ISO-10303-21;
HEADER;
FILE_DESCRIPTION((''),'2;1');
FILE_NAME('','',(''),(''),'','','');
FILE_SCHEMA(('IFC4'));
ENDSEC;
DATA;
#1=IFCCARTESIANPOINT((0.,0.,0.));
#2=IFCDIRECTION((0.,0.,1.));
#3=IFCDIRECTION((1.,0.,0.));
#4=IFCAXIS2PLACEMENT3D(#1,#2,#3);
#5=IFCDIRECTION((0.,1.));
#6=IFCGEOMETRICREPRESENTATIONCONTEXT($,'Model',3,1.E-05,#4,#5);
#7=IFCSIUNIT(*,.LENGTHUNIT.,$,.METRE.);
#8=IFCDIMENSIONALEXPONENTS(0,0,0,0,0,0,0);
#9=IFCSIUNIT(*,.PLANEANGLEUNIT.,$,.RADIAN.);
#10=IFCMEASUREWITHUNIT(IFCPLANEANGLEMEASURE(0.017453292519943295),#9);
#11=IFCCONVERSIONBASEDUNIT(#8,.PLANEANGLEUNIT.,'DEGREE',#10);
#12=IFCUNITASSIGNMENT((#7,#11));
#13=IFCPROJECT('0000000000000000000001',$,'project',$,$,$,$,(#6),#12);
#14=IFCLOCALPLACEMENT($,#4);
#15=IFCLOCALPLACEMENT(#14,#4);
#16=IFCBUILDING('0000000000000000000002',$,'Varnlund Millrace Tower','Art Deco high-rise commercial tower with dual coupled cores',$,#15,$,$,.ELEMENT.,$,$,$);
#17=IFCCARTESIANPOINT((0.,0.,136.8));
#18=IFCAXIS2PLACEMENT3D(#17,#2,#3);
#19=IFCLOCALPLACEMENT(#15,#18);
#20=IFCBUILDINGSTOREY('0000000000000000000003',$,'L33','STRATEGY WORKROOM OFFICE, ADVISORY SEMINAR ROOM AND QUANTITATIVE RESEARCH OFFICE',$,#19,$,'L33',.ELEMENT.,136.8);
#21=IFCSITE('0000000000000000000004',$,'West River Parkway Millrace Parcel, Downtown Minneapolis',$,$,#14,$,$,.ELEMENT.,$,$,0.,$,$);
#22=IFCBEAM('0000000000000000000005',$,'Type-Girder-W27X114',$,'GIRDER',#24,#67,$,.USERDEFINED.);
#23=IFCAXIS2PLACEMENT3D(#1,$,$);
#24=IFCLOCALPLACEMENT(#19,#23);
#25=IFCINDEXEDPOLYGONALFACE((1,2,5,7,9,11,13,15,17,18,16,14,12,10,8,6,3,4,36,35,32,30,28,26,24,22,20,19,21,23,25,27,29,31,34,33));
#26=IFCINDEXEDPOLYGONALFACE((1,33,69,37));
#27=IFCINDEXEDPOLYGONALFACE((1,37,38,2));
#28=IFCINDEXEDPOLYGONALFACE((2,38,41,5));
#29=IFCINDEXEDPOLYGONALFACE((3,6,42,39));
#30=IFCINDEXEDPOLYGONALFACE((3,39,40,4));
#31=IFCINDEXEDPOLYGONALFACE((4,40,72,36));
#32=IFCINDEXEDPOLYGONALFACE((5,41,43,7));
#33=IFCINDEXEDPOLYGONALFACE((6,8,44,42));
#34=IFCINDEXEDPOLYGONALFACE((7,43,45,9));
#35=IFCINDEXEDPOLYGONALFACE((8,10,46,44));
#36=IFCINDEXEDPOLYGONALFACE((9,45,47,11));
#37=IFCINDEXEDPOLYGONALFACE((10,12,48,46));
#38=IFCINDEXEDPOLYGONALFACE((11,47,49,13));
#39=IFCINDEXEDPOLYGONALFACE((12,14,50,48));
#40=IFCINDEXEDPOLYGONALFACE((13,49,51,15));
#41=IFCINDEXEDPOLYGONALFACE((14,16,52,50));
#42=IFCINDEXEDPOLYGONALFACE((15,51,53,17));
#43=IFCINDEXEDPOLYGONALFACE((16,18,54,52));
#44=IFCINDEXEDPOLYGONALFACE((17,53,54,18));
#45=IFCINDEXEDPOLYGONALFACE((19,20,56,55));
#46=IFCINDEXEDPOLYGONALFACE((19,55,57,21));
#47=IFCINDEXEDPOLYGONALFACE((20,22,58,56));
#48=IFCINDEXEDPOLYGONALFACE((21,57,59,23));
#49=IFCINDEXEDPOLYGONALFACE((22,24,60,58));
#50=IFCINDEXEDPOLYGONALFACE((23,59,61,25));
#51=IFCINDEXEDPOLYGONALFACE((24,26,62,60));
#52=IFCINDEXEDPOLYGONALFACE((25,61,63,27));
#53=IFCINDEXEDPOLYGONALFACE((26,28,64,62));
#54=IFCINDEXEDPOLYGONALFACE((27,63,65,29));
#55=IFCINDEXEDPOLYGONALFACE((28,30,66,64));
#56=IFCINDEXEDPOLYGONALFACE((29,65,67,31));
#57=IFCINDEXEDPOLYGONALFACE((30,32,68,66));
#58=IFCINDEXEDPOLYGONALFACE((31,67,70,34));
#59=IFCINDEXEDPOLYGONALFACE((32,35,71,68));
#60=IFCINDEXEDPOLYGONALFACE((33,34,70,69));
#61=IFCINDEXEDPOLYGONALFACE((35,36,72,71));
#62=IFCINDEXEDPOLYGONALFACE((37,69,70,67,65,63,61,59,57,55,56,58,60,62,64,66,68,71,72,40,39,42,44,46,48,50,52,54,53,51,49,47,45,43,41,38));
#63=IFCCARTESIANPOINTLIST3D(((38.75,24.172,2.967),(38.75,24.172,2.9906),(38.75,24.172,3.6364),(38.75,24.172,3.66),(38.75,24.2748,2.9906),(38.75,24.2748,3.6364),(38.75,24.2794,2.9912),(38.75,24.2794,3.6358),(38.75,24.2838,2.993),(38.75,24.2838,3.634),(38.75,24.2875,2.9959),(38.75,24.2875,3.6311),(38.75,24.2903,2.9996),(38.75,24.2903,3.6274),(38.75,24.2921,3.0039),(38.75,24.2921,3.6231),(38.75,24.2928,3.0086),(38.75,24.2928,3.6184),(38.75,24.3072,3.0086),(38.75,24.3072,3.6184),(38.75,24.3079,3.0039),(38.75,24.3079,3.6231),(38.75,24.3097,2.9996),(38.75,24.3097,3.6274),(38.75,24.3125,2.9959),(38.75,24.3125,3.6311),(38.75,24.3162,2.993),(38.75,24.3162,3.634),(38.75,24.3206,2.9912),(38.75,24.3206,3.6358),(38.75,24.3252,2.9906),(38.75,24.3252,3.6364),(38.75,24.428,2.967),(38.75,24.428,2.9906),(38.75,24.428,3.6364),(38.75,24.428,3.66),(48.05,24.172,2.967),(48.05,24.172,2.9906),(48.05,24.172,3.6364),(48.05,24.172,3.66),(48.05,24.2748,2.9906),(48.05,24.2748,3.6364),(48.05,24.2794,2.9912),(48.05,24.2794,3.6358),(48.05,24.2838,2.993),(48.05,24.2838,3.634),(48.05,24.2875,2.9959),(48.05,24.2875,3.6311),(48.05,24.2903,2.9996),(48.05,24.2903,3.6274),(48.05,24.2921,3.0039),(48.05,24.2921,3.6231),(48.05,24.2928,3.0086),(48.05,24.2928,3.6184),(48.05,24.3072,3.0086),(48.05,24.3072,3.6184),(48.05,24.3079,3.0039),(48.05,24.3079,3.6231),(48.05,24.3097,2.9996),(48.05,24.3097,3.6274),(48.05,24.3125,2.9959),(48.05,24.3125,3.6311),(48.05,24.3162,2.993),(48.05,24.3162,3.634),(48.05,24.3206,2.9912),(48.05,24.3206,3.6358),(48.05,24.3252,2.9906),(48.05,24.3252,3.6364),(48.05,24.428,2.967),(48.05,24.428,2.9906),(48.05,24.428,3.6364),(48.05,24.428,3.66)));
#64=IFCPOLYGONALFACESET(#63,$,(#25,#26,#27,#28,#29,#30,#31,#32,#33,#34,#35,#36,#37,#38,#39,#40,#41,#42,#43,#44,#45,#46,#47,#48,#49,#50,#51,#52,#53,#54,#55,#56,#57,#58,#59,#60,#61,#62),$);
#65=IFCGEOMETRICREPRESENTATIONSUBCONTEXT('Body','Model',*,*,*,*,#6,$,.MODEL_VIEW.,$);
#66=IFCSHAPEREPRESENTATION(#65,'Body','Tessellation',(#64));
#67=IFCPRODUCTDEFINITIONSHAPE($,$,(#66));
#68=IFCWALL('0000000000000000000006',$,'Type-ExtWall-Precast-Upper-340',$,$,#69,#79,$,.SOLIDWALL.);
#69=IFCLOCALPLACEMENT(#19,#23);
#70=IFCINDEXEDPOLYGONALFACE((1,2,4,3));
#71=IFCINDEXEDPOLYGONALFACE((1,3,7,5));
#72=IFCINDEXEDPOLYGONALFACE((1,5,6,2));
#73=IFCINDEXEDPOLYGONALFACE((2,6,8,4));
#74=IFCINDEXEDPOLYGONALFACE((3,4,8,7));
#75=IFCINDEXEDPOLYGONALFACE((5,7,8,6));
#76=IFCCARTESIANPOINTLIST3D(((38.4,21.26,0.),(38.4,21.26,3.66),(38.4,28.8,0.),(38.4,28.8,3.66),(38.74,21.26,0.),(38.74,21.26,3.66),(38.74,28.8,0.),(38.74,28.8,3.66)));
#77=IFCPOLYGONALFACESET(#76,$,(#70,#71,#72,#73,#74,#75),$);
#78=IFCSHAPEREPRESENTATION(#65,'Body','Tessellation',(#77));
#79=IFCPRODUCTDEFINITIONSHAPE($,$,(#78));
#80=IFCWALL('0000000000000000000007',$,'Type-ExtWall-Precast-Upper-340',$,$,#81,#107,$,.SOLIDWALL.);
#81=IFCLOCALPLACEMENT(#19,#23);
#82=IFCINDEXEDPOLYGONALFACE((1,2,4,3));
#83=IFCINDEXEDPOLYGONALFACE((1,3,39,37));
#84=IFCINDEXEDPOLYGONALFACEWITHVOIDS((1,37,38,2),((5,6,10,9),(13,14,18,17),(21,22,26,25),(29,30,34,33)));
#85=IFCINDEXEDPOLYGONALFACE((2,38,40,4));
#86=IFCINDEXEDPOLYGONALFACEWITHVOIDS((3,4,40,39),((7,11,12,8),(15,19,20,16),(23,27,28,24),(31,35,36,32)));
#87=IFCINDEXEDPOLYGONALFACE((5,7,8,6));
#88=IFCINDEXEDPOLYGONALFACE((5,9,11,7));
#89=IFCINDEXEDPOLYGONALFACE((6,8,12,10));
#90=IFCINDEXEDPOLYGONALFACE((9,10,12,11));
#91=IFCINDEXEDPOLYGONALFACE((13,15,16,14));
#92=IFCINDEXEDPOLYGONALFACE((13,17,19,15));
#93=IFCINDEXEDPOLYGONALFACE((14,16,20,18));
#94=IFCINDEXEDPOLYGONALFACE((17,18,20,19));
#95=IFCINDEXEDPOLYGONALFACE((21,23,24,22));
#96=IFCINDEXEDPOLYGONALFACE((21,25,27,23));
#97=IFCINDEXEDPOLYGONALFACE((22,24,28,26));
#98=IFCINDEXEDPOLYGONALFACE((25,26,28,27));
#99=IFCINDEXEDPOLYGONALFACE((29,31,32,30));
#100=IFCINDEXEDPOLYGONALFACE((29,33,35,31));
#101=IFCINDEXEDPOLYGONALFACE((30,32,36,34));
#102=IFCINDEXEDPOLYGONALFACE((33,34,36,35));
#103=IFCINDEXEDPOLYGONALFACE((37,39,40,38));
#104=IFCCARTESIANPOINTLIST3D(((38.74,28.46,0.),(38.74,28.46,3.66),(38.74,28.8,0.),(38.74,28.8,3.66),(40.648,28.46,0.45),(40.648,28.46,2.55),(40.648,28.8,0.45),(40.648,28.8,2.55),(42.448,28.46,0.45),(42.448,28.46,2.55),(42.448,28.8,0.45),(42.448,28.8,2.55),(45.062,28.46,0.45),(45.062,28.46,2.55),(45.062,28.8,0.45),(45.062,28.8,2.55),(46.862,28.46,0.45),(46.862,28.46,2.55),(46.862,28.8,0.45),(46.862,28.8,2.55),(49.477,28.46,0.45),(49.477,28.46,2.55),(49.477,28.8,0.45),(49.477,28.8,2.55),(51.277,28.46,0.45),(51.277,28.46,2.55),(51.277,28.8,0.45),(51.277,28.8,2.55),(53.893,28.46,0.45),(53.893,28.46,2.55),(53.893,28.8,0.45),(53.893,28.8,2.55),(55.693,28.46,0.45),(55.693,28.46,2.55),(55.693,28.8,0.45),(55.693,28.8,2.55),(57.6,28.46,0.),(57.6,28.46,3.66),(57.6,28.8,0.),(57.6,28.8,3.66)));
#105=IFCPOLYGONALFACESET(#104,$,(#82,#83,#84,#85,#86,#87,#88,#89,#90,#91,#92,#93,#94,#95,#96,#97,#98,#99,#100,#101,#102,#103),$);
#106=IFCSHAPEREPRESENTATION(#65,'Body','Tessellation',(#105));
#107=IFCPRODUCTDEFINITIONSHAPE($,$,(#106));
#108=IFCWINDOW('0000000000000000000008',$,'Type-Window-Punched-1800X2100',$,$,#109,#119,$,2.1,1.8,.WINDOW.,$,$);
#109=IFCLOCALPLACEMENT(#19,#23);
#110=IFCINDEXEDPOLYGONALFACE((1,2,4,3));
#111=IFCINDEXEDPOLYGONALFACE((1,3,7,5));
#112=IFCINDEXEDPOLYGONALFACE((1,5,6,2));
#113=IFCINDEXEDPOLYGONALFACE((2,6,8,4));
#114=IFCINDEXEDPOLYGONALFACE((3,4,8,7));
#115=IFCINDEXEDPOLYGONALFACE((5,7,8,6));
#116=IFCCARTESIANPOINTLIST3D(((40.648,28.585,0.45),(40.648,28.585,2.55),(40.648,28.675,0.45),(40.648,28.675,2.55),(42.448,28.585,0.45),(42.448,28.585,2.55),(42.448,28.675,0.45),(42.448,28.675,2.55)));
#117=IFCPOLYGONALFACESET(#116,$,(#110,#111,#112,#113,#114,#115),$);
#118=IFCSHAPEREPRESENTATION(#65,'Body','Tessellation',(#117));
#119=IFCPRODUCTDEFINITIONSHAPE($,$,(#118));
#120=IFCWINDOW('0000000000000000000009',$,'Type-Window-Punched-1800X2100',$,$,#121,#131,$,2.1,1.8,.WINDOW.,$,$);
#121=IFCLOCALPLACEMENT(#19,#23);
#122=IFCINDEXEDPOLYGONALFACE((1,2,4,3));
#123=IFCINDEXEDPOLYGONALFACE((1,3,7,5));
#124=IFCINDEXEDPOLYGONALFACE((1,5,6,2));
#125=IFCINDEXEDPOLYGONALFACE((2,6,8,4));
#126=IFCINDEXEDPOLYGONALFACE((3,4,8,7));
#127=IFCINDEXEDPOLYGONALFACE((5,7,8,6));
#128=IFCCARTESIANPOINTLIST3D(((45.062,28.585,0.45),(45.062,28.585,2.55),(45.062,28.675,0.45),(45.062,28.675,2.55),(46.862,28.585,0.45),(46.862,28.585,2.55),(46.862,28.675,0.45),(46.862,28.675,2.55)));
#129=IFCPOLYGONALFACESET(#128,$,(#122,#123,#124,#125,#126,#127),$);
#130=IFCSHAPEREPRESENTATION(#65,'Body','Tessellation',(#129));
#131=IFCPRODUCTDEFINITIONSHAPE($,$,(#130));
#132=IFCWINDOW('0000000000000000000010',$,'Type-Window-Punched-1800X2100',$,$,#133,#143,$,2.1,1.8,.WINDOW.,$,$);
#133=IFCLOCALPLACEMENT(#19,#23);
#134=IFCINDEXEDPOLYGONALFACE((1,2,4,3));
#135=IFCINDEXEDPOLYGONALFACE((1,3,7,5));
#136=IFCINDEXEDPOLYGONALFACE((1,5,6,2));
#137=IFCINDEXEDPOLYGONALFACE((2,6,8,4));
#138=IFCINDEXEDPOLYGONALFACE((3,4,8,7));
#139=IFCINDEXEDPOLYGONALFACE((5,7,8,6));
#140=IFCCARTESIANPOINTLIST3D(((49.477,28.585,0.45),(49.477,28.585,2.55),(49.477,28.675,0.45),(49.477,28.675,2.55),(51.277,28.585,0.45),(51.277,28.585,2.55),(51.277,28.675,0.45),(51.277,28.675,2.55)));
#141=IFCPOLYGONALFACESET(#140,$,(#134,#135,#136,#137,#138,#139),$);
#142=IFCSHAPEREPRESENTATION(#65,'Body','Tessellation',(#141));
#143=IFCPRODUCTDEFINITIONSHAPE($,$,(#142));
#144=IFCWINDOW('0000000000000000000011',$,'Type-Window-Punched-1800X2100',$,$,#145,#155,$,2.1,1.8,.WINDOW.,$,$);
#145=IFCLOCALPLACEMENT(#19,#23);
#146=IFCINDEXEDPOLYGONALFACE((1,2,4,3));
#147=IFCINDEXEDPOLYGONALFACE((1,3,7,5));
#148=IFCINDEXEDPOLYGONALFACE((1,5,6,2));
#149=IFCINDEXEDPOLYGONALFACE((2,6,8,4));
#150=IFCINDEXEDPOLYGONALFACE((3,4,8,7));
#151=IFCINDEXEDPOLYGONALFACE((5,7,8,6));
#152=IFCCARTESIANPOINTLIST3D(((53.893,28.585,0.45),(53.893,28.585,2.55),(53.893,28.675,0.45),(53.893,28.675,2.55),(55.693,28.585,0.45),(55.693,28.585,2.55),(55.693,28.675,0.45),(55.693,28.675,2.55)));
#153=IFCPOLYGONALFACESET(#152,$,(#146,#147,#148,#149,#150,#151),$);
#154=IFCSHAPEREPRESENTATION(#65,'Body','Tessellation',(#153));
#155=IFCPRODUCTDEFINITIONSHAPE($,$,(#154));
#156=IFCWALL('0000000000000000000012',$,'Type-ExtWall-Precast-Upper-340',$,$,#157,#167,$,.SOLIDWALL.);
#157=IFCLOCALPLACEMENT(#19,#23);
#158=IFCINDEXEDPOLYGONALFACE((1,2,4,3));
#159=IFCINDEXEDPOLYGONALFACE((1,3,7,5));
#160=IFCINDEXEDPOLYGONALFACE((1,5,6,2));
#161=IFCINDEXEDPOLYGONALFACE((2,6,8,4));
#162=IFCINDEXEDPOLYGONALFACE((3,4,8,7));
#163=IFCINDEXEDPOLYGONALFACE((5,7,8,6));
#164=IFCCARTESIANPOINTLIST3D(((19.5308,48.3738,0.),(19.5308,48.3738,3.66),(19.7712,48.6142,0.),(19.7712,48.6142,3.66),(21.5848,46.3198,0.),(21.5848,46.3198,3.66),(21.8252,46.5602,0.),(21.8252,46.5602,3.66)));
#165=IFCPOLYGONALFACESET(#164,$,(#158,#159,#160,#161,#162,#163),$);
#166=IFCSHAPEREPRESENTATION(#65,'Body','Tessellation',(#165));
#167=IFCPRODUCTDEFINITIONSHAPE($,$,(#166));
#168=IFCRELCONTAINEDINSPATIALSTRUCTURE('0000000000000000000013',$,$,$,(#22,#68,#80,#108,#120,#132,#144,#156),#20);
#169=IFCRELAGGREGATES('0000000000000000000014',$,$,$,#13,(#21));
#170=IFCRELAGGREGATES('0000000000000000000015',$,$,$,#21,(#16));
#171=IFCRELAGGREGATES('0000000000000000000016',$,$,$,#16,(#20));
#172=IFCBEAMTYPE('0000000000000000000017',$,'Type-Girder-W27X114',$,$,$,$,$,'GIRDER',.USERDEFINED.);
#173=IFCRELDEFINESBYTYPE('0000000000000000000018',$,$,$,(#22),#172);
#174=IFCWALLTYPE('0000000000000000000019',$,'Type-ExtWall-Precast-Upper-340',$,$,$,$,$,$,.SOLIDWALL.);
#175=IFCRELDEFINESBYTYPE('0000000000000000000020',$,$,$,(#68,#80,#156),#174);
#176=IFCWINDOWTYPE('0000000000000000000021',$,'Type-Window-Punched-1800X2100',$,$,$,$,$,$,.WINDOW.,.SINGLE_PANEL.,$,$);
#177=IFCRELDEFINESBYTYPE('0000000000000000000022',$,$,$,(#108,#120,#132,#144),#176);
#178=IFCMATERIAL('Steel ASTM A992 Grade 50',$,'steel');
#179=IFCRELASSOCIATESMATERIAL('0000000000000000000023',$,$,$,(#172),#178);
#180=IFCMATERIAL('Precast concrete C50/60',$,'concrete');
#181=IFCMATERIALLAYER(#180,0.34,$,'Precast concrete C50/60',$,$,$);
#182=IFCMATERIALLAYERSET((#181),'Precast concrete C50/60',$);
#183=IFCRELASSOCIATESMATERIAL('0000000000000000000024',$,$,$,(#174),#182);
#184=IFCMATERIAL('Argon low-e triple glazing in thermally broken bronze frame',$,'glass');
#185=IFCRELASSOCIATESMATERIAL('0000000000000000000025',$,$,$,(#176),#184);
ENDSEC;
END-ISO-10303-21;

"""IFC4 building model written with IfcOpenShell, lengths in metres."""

from ifc_helpers import new_model, entity, si_unit, converted_unit, direction, frame, origin_with_axes, origin_2d_with_axis, place, context, subcontext, project, spatial, polyline, rectangle, i_section, outline, extrude, material, layer, layer_set, material_profile, profile_set, type_object, element, fill, save


model = new_model("IFC4")

# Units and contexts
model_context = context("Model", 3, precision=1e-05, world=origin_with_axes(), true_north=direction((0.0, 1.0)))
body_context = subcontext(model_context, "Body", "Model", "MODEL_VIEW")
ifc_project = project(units=[si_unit("LENGTHUNIT", "METRE"), converted_unit("PLANEANGLEUNIT", "DEGREE", entity("IfcPlaneAngleMeasure", 0.017453292519943295), si_unit("PLANEANGLEUNIT", "RADIAN"), dimensions=[0, 0, 0, 0, 0, 0, 0])], contexts=[model_context])

# Site, building, storey
site_placement = place(None, origin_with_axes())
site = spatial("IfcSite", under=ifc_project, at=site_placement, Name="West River Parkway Millrace Parcel, Downtown Minneapolis", CompositionType="ELEMENT", RefElevation=0.0)
building_placement = place(site_placement, origin_with_axes())
building = spatial("IfcBuilding", under=site, at=building_placement, Name="Varnlund Millrace Tower", Description="Art Deco high-rise commercial tower with dual coupled cores", CompositionType="ELEMENT")
storey_placement = place(building_placement, frame((0.0, 0.0, 136.8), z_axis=(0.0, 0.0, 1.0), x_axis=(1.0, 0.0, 0.0)))
storey = spatial("IfcBuildingStorey", under=building, at=storey_placement, Name="L33", Description="STRATEGY WORKROOM OFFICE, ADVISORY SEMINAR ROOM AND QUANTITATIVE RESEARCH OFFICE", LongName="L33", CompositionType="ELEMENT", Elevation=136.8)

# Beam
ifc_material_1 = material(Name="Steel ASTM A992 Grade 50", Category="steel")
ifc_material_profile_1 = material_profile(ifc_material_1, i_section(OverallWidth=0.256, OverallDepth=0.693, WebThickness=0.0145, FlangeThickness=0.0236, FilletRadius=0.018, at=origin_2d_with_axis()), Name="Steel ASTM A992 Grade 50")
ifc_profile_set_1 = profile_set([ifc_material_profile_1], Name="Steel ASTM A992 Grade 50")
beam_type_1 = type_object("IfcBeamType", Name="Type-Girder-W27X114", ElementType="GIRDER", PredefinedType="USERDEFINED", material=ifc_profile_set_1)
beam_1_placement = place(storey_placement, frame((38.75, 24.3, 3.3135), z_axis=(1.0, 0.0, 0.0), x_axis=(0.0, 1.0, 0.0)))
element("IfcBeam", 1, at=beam_1_placement, inside=storey, type_object=beam_type_1, Name="Type-Girder-W27X114", ObjectType="GIRDER", PredefinedType="USERDEFINED", context=body_context, shape_type="SweptSolid", body=[
    extrude(i_section(OverallWidth=0.256, OverallDepth=0.693, WebThickness=0.0145, FlangeThickness=0.0236, FilletRadius=0.018, at=origin_2d_with_axis()), origin_with_axes(), (0.0, 0.0, 1.0), 9.3),
])

# Wall
ifc_material_2 = material(Name="Precast concrete C50/60", Category="concrete")
ifc_layer_1 = layer(ifc_material_2, 0.34, Name="Precast concrete C50/60")
ifc_layer_set_1 = layer_set([ifc_layer_1], Name="Precast concrete C50/60")
wall_type_1 = type_object("IfcWallType", Name="Type-ExtWall-Precast-Upper-340", PredefinedType="SOLIDWALL", material=ifc_layer_set_1)
wall_1_placement = place(storey_placement, frame((38.57, 21.26, 0.0), z_axis=(0.0, 0.0, 1.0), x_axis=(0.0, 1.0, 0.0)))
element("IfcWall", 2, at=wall_1_placement, inside=storey, type_object=wall_type_1, Name="Type-ExtWall-Precast-Upper-340", PredefinedType="SOLIDWALL", context=body_context, shape_type="SweptSolid", body=[
    extrude(outline(polyline([(0.0, -0.17), (7.54, -0.17), (7.54, 0.17), (0.0, 0.17), (0.0, -0.17)])), origin_with_axes(), (0.0, 0.0, 1.0), 3.66),
])

# Wall, openings, windows
wall_2_placement = place(storey_placement, frame((38.74, 28.63, 0.0), z_axis=(0.0, 0.0, 1.0), x_axis=(1.0, 0.0, 0.0)))
wall_2 = element("IfcWall", 3, at=wall_2_placement, inside=storey, type_object=wall_type_1, Name="Type-ExtWall-Precast-Upper-340", PredefinedType="SOLIDWALL", context=body_context, shape_type="SweptSolid", body=[
    extrude(outline(polyline([(0.0, -0.17), (18.86, -0.17), (18.86, 0.17), (0.0, 0.17), (0.0, -0.17)])), origin_with_axes(), (0.0, 0.0, 1.0), 3.66),
])
opening_1_placement = place(wall_2_placement, frame((2.808, 0.0, 0.45), z_axis=(0.0, 0.0, 1.0), x_axis=(1.0, 0.0, 0.0)))
opening_1 = element("IfcOpeningElement", 4, at=opening_1_placement, cuts=wall_2, PredefinedType="OPENING", context=body_context, shape_type="SweptSolid", body=[
    extrude(rectangle(XDim=1.8, YDim=0.36, at=origin_2d_with_axis()), origin_with_axes(), (0.0, 0.0, 1.0), 2.1),
])
opening_2_placement = place(wall_2_placement, frame((7.222, 0.0, 0.45), z_axis=(0.0, 0.0, 1.0), x_axis=(1.0, 0.0, 0.0)))
opening_2 = element("IfcOpeningElement", 5, at=opening_2_placement, cuts=wall_2, PredefinedType="OPENING", context=body_context, shape_type="SweptSolid", body=[
    extrude(rectangle(XDim=1.8, YDim=0.36, at=origin_2d_with_axis()), origin_with_axes(), (0.0, 0.0, 1.0), 2.1),
])
opening_3_placement = place(wall_2_placement, frame((11.637, 0.0, 0.45), z_axis=(0.0, 0.0, 1.0), x_axis=(1.0, 0.0, 0.0)))
opening_3 = element("IfcOpeningElement", 6, at=opening_3_placement, cuts=wall_2, PredefinedType="OPENING", context=body_context, shape_type="SweptSolid", body=[
    extrude(rectangle(XDim=1.8, YDim=0.36, at=origin_2d_with_axis()), origin_with_axes(), (0.0, 0.0, 1.0), 2.1),
])
opening_4_placement = place(wall_2_placement, frame((16.053, 0.0, 0.45), z_axis=(0.0, 0.0, 1.0), x_axis=(1.0, 0.0, 0.0)))
opening_4 = element("IfcOpeningElement", 7, at=opening_4_placement, cuts=wall_2, PredefinedType="OPENING", context=body_context, shape_type="SweptSolid", body=[
    extrude(rectangle(XDim=1.8, YDim=0.36, at=origin_2d_with_axis()), origin_with_axes(), (0.0, 0.0, 1.0), 2.1),
])
ifc_material_3 = material(Name="Argon low-e triple glazing in thermally broken bronze frame", Category="glass")
window_type_1 = type_object("IfcWindowType", Name="Type-Window-Punched-1800X2100", PartitioningType="SINGLE_PANEL", PredefinedType="WINDOW", material=ifc_material_3)
window_1_placement = place(wall_2_placement, frame((2.808, 0.0, 0.45), z_axis=(0.0, 0.0, 1.0), x_axis=(1.0, 0.0, 0.0)))
window_1 = element("IfcWindow", 8, at=window_1_placement, inside=storey, type_object=window_type_1, Name="Type-Window-Punched-1800X2100", OverallHeight=2.1, OverallWidth=1.8, PredefinedType="WINDOW", context=body_context, shape_type="SweptSolid", body=[
    extrude(rectangle(XDim=1.8, YDim=0.09, at=origin_2d_with_axis()), origin_with_axes(), (0.0, 0.0, 1.0), 2.1),
])
fill(opening_1, window_1)
window_2_placement = place(wall_2_placement, frame((7.222, 0.0, 0.45), z_axis=(0.0, 0.0, 1.0), x_axis=(1.0, 0.0, 0.0)))
window_2 = element("IfcWindow", 9, at=window_2_placement, inside=storey, type_object=window_type_1, Name="Type-Window-Punched-1800X2100", OverallHeight=2.1, OverallWidth=1.8, PredefinedType="WINDOW", context=body_context, shape_type="SweptSolid", body=[
    extrude(rectangle(XDim=1.8, YDim=0.09, at=origin_2d_with_axis()), origin_with_axes(), (0.0, 0.0, 1.0), 2.1),
])
fill(opening_2, window_2)
window_3_placement = place(wall_2_placement, frame((11.637, 0.0, 0.45), z_axis=(0.0, 0.0, 1.0), x_axis=(1.0, 0.0, 0.0)))
window_3 = element("IfcWindow", 10, at=window_3_placement, inside=storey, type_object=window_type_1, Name="Type-Window-Punched-1800X2100", OverallHeight=2.1, OverallWidth=1.8, PredefinedType="WINDOW", context=body_context, shape_type="SweptSolid", body=[
    extrude(rectangle(XDim=1.8, YDim=0.09, at=origin_2d_with_axis()), origin_with_axes(), (0.0, 0.0, 1.0), 2.1),
])
fill(opening_3, window_3)
window_4_placement = place(wall_2_placement, frame((16.053, 0.0, 0.45), z_axis=(0.0, 0.0, 1.0), x_axis=(1.0, 0.0, 0.0)))
window_4 = element("IfcWindow", 11, at=window_4_placement, inside=storey, type_object=window_type_1, Name="Type-Window-Punched-1800X2100", OverallHeight=2.1, OverallWidth=1.8, PredefinedType="WINDOW", context=body_context, shape_type="SweptSolid", body=[
    extrude(rectangle(XDim=1.8, YDim=0.09, at=origin_2d_with_axis()), origin_with_axes(), (0.0, 0.0, 1.0), 2.1),
])
fill(opening_4, window_4)

# Wall
wall_3_placement = place(storey_placement, frame((19.651, 48.494, 0.0), z_axis=(0.0, 0.0, 1.0), x_axis=(0.707107, -0.707107, 0.0)))
element("IfcWall", 12, at=wall_3_placement, inside=storey, type_object=wall_type_1, Name="Type-ExtWall-Precast-Upper-340", PredefinedType="SOLIDWALL", context=body_context, shape_type="SweptSolid", body=[
    extrude(outline(polyline([(0.0, -0.17), (2.9048, -0.17), (2.9048, 0.17), (0.0, 0.17), (0.0, -0.17)])), origin_with_axes(), (0.0, 0.0, 1.0), 3.66),
])

save(model, "model.ifc")
